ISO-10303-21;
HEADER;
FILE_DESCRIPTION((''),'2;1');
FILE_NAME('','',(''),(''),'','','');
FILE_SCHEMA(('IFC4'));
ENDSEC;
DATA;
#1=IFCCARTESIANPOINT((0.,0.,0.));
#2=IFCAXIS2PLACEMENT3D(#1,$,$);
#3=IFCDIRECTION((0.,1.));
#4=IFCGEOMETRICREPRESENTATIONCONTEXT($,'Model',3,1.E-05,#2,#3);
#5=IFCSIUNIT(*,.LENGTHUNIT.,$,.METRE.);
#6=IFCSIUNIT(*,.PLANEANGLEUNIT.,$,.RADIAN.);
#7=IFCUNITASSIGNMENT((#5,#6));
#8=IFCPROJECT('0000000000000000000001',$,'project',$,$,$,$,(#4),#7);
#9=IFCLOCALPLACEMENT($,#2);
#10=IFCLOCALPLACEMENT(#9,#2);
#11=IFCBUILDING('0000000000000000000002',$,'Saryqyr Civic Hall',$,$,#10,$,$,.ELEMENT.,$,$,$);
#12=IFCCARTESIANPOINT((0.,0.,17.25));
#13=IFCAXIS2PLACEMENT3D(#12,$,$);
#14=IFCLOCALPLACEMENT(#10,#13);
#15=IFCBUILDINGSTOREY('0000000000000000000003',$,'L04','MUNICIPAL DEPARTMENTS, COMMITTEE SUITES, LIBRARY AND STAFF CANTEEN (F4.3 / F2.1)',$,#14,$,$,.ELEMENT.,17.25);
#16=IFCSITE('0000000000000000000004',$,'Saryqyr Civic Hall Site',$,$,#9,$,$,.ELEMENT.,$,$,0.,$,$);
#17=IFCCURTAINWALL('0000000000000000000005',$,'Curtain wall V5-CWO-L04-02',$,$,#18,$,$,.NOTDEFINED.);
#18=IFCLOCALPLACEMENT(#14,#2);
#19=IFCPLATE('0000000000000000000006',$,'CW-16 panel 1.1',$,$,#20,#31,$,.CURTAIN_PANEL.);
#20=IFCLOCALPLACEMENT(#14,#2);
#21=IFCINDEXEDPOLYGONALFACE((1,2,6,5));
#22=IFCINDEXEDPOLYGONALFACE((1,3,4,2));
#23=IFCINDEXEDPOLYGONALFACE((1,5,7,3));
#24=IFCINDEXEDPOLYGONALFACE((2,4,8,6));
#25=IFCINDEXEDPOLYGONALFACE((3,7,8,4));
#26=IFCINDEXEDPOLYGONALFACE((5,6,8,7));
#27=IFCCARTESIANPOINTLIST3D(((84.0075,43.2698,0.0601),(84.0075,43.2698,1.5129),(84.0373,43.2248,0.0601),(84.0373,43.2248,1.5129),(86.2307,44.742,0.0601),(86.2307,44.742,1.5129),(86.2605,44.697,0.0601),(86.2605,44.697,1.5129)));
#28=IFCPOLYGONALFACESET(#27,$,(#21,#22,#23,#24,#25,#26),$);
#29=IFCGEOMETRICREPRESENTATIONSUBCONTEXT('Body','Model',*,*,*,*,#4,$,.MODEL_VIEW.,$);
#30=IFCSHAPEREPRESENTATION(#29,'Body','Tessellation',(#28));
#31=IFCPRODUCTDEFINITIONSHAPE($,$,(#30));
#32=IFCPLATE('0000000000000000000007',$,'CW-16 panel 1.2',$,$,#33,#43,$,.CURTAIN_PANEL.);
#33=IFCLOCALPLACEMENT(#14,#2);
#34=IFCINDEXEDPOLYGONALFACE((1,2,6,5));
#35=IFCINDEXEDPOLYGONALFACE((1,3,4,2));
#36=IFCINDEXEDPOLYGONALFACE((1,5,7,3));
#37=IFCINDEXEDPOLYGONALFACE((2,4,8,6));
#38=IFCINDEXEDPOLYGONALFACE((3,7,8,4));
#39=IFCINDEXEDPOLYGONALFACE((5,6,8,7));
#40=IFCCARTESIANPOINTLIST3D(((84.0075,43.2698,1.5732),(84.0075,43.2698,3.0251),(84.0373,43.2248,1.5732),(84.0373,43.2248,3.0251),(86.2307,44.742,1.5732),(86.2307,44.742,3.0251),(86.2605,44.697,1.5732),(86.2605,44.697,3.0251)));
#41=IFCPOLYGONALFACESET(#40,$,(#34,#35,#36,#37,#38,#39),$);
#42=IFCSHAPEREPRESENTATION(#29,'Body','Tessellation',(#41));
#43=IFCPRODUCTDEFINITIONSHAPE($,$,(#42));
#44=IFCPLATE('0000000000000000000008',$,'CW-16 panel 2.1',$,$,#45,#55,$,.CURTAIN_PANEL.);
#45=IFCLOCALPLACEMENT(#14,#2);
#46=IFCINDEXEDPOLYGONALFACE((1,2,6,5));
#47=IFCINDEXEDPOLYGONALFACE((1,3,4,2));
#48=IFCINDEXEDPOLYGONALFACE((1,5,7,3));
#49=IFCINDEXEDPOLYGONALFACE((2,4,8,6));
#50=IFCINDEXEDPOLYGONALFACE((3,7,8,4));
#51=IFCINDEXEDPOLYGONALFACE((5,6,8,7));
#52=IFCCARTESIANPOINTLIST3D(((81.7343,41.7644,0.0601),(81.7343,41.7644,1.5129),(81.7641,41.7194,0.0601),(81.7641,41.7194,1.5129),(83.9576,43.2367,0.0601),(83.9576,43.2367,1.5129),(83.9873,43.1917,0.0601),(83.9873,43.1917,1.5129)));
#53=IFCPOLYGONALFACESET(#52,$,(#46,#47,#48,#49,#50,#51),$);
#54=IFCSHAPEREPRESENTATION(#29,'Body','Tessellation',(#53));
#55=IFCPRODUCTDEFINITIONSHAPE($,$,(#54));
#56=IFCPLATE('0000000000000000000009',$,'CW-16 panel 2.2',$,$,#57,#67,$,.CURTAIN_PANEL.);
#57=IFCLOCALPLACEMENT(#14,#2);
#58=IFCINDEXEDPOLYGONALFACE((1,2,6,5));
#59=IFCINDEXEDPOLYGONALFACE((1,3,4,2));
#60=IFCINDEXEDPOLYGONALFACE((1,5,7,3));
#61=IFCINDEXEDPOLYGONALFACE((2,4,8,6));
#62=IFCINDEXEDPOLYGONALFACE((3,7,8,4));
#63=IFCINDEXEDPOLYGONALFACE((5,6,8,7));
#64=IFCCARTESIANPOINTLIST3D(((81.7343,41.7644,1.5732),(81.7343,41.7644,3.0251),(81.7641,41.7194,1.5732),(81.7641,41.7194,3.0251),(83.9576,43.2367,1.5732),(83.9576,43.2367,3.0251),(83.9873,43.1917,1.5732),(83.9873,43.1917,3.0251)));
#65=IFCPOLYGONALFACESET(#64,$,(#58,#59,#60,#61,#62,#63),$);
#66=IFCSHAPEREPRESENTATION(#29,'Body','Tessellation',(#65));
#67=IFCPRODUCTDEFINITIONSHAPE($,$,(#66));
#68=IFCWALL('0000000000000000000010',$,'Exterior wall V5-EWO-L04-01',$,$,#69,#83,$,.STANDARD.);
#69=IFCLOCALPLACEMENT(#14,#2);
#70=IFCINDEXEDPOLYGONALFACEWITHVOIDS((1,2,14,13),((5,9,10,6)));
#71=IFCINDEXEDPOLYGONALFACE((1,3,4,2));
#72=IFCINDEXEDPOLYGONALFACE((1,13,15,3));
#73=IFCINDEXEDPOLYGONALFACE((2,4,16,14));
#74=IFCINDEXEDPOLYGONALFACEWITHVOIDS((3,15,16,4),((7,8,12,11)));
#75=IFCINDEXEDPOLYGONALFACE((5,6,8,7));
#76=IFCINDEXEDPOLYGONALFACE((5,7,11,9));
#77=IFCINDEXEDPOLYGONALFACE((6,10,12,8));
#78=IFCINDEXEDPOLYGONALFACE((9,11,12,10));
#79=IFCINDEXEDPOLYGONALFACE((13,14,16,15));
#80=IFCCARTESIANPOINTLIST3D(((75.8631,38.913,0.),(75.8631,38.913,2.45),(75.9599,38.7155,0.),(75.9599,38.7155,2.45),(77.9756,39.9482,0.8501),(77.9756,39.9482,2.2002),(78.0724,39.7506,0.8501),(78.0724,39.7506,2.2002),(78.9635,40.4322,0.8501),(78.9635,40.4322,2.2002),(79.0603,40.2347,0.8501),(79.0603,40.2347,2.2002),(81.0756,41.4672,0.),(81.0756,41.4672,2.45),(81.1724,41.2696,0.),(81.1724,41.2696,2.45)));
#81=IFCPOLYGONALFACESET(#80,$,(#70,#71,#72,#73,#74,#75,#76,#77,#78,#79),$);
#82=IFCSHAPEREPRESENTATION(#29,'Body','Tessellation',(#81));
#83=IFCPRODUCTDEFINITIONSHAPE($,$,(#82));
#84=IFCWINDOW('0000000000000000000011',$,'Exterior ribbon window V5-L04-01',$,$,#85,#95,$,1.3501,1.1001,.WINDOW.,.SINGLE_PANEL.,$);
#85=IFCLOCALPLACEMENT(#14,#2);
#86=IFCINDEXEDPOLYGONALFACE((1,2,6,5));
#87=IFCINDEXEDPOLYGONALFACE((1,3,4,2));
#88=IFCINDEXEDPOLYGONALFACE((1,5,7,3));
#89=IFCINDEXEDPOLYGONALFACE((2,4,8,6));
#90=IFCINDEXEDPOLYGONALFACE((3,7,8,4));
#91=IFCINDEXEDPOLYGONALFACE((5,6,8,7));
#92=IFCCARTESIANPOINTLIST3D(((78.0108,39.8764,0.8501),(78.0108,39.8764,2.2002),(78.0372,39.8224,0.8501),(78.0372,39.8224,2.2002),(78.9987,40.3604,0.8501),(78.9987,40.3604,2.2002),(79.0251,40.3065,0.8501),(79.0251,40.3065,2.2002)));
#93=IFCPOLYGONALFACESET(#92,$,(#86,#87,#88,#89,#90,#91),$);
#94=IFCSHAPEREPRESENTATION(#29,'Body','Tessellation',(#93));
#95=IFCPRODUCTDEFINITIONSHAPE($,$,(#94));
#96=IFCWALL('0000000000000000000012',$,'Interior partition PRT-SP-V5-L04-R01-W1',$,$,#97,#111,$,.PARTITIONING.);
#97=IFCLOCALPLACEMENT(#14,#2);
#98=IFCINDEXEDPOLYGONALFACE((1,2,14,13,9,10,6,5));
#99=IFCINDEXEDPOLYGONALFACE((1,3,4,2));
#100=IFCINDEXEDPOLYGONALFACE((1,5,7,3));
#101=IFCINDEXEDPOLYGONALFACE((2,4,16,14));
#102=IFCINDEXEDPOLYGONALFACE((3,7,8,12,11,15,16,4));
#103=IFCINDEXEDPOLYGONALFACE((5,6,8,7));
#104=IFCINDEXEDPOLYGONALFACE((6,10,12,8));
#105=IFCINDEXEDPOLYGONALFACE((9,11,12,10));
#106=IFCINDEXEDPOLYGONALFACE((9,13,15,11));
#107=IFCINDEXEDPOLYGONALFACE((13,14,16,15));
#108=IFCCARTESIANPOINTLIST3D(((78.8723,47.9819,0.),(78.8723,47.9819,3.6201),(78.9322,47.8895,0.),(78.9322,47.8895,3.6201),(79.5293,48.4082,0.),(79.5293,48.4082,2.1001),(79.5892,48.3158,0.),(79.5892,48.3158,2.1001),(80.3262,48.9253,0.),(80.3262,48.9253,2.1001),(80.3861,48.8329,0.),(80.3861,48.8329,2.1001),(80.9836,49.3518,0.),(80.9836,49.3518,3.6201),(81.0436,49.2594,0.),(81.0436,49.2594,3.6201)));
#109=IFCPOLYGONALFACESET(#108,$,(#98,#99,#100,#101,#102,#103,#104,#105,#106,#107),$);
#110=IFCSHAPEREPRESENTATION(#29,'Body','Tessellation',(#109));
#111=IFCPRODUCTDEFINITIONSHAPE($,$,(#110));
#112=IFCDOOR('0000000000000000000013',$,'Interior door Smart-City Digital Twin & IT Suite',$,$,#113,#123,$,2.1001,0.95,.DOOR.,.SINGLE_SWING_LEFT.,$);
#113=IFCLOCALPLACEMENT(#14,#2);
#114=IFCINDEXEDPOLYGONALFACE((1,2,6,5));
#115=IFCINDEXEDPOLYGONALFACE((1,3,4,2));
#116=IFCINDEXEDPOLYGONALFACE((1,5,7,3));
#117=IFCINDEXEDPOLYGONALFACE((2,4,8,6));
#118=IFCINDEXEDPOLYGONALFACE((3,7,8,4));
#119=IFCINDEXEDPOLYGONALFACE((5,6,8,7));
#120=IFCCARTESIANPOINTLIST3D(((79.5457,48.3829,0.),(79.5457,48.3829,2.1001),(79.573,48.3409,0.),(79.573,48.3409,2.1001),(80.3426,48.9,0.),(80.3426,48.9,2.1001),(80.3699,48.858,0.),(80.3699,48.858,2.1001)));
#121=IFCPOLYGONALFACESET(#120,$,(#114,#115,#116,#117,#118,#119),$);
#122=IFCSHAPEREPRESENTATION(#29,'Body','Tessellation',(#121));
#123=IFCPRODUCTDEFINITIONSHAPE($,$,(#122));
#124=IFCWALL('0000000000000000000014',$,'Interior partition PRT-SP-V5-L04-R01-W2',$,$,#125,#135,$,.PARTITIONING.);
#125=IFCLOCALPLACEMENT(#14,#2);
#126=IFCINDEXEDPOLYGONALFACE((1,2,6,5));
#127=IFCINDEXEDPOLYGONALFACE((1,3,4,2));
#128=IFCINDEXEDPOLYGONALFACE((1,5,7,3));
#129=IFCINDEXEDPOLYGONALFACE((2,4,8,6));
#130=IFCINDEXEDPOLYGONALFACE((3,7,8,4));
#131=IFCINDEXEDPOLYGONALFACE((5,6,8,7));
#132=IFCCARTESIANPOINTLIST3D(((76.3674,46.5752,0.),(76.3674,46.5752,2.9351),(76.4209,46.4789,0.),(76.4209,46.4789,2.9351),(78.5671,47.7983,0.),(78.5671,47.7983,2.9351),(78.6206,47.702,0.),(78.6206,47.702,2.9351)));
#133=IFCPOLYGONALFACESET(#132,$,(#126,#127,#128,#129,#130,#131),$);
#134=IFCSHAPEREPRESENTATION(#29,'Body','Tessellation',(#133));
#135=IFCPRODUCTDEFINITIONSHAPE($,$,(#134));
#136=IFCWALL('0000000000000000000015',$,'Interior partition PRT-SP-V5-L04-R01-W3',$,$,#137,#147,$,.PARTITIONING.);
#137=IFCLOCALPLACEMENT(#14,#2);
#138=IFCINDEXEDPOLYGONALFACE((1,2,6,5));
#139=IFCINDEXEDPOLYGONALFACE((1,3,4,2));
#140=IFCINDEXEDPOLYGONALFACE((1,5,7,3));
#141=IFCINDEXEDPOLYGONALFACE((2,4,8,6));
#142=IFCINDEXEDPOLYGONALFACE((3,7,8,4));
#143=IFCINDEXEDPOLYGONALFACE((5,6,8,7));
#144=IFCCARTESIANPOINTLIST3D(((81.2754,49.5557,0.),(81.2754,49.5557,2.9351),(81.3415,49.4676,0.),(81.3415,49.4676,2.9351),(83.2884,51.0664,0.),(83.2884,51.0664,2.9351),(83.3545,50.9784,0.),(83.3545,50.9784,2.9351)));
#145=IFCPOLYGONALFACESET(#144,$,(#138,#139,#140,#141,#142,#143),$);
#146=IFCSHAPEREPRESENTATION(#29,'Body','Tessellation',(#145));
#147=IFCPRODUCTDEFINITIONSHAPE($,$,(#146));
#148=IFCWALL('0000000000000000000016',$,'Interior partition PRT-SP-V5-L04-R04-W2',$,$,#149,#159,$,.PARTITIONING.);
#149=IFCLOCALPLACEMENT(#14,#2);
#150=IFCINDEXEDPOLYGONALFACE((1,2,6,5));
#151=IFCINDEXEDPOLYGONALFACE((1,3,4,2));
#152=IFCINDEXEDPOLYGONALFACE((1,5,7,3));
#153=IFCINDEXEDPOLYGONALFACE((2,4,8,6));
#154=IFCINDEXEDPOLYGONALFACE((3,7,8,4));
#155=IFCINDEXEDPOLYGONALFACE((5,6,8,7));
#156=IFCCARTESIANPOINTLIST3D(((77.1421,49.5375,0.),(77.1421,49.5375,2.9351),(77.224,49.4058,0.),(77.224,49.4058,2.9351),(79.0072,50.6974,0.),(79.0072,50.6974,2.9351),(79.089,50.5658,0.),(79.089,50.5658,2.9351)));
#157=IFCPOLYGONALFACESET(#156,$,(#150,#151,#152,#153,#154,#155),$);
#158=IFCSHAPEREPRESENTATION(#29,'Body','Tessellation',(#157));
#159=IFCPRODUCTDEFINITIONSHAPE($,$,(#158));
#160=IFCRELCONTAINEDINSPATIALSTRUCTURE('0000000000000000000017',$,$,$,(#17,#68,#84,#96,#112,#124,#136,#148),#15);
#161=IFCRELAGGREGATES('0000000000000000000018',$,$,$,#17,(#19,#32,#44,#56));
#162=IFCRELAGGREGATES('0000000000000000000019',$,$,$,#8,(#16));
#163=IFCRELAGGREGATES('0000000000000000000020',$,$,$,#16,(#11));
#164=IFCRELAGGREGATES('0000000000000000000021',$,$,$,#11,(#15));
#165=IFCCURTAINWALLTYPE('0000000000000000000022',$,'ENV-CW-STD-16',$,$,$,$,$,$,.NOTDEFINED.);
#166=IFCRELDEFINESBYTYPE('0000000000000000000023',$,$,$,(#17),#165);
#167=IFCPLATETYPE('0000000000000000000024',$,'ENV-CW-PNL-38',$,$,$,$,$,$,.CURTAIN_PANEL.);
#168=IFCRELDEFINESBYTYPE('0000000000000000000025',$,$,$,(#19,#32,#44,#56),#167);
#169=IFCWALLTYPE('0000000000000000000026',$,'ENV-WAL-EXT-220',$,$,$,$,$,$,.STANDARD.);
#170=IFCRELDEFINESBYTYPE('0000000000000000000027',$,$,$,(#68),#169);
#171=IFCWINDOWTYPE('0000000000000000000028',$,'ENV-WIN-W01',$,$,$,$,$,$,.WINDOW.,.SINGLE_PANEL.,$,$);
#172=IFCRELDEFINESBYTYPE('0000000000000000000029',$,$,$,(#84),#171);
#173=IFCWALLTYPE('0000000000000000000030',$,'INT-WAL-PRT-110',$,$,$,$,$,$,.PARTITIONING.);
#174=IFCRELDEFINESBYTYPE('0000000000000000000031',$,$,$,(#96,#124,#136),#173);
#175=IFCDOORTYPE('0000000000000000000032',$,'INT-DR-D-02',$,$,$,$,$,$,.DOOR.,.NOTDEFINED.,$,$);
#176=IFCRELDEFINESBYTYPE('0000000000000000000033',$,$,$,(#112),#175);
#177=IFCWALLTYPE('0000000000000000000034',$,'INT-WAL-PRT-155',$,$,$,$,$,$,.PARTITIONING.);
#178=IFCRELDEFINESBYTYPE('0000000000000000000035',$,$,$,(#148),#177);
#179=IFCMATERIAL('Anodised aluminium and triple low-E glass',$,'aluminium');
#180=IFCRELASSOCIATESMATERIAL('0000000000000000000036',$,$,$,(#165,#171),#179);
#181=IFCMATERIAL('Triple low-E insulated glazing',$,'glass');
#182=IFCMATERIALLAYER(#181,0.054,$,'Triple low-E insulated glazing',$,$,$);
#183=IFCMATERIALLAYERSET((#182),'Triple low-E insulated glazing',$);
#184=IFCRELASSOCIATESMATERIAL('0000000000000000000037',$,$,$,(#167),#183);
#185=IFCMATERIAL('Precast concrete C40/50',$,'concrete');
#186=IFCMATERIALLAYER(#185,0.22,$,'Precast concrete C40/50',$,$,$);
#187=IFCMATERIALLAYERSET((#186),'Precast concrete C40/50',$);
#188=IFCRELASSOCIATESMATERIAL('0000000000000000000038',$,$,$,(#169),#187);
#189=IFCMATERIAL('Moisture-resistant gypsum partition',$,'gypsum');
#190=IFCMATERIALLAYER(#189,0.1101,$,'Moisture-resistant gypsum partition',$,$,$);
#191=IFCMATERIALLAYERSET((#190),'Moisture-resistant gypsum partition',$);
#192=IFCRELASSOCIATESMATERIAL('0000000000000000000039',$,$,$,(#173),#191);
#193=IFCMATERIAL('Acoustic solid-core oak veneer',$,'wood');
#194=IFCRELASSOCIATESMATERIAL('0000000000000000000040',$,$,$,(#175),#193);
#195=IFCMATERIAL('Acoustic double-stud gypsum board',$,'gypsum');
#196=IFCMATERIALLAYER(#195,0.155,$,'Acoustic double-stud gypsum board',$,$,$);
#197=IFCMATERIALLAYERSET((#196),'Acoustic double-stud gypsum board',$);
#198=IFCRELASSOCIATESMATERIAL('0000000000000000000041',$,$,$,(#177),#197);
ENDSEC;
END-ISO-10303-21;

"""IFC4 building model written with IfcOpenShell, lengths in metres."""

from ifc_helpers import new_model, si_unit, direction, frame, frame_2d, origin, origin_2d, place, context, subcontext, project, spatial, rectangle, extrude, material, layer, layer_set, type_object, element, fill, aggregate, save


model = new_model("IFC4")

# Units and contexts
model_context = context("Model", 3, precision=1e-05, world=origin(), true_north=direction((0.0, 1.0)))
body_context = subcontext(model_context, "Body", "Model", "MODEL_VIEW")
ifc_project = project(units=[si_unit("LENGTHUNIT", "METRE"), si_unit("PLANEANGLEUNIT", "RADIAN")], contexts=[model_context])

# Site, building, storey
site_placement = place(None, origin())
site = spatial("IfcSite", under=ifc_project, at=site_placement, Name="Saryqyr Civic Hall Site", CompositionType="ELEMENT", RefElevation=0.0)
building_placement = place(site_placement, origin())
building = spatial("IfcBuilding", under=site, at=building_placement, Name="Saryqyr Civic Hall", CompositionType="ELEMENT")
storey_placement = place(building_placement, frame((0.0, 0.0, 17.25)))
storey = spatial("IfcBuildingStorey", under=building, at=storey_placement, Name="L04", Description="MUNICIPAL DEPARTMENTS, COMMITTEE SUITES, LIBRARY AND STAFF CANTEEN (F4.3 / F2.1)", CompositionType="ELEMENT", Elevation=17.25)

# Curtain wall
ifc_material_1 = material(Name="Anodised aluminium and triple low-E glass", Category="aluminium")
curtain_wall_type = type_object("IfcCurtainWallType", Name="ENV-CW-STD-16", PredefinedType="NOTDEFINED", material=ifc_material_1)
curtain_wall_placement = place(storey_placement, origin())
curtain_wall = element("IfcCurtainWall", 1, at=curtain_wall_placement, inside=storey, type_object=curtain_wall_type, Name="Curtain wall V5-CWO-L04-02", PredefinedType="NOTDEFINED")

# Shared definitions
ifc_material_2 = material(Name="Precast concrete C40/50", Category="concrete")

# Plates
ifc_material_3 = material(Name="Triple low-E insulated glazing", Category="glass")
ifc_layer_1 = layer(ifc_material_3, 0.054, Name="Triple low-E insulated glazing")
ifc_layer_set_1 = layer_set([ifc_layer_1], Name="Triple low-E insulated glazing")
plate_type = type_object("IfcPlateType", Name="ENV-CW-PNL-38", PredefinedType="CURTAIN_PANEL", material=ifc_layer_set_1)
plate_1_placement = place(storey_placement, frame((85.134, 43.9834, 0.0601), z_axis=(0.0, 0.0, 1.0), x_axis=(-0.833757, -0.552132, 0.0)))
plate_1 = element("IfcPlate", 2, at=plate_1_placement, type_object=plate_type, Name="CW-16 panel 1.1", PredefinedType="CURTAIN_PANEL", context=body_context, shape_type="SweptSolid", body=[
    extrude(rectangle(XDim=2.6665, YDim=0.054, at=origin_2d()), origin(), (0.0, 0.0, 1.0), 1.4529),
])
plate_2_placement = place(storey_placement, frame((85.134, 43.9834, 1.5732), z_axis=(0.0, 0.0, 1.0), x_axis=(-0.833757, -0.552132, 0.0)))
plate_2 = element("IfcPlate", 3, at=plate_2_placement, type_object=plate_type, Name="CW-16 panel 1.2", PredefinedType="CURTAIN_PANEL", context=body_context, shape_type="SweptSolid", body=[
    extrude(rectangle(XDim=2.6665, YDim=0.054, at=origin_2d()), origin(), (0.0, 0.0, 1.0), 1.4519),
])
plate_3_placement = place(storey_placement, frame((82.8608, 42.478, 0.0601), z_axis=(0.0, 0.0, 1.0), x_axis=(-0.833757, -0.552132, 0.0)))
plate_3 = element("IfcPlate", 4, at=plate_3_placement, type_object=plate_type, Name="CW-16 panel 2.1", PredefinedType="CURTAIN_PANEL", context=body_context, shape_type="SweptSolid", body=[
    extrude(rectangle(XDim=2.6665, YDim=0.054, at=origin_2d()), origin(), (0.0, 0.0, 1.0), 1.4529),
])
plate_4_placement = place(storey_placement, frame((82.8608, 42.478, 1.5732), z_axis=(0.0, 0.0, 1.0), x_axis=(-0.833757, -0.552132, 0.0)))
plate_4 = element("IfcPlate", 5, at=plate_4_placement, type_object=plate_type, Name="CW-16 panel 2.2", PredefinedType="CURTAIN_PANEL", context=body_context, shape_type="SweptSolid", body=[
    extrude(rectangle(XDim=2.6665, YDim=0.054, at=origin_2d()), origin(), (0.0, 0.0, 1.0), 1.4519),
])
aggregate(curtain_wall, [plate_1, plate_2, plate_3, plate_4])

# Wall, opening, window
ifc_layer_2 = layer(ifc_material_2, 0.22, Name="Precast concrete C40/50")
ifc_layer_set_2 = layer_set([ifc_layer_2], Name="Precast concrete C40/50")
wall_type_1 = type_object("IfcWallType", Name="ENV-WAL-EXT-220", PredefinedType="STANDARD", material=ifc_layer_set_2)
wall_1_placement = place(storey_placement, frame((81.124, 41.3684, 0.0), z_axis=(0.0, 0.0, 1.0), x_axis=(-0.89799, -0.440016, 0.0)))
wall_1 = element("IfcWall", 6, at=wall_1_placement, inside=storey, type_object=wall_type_1, Name="Exterior wall V5-EWO-L04-01", PredefinedType="STANDARD", context=body_context, shape_type="SweptSolid", body=[
    extrude(rectangle(XDim=5.8047, YDim=0.22, at=frame_2d((2.9023, 0.0))), origin(), (0.0, 0.0, 1.0), 2.45),
])
opening_1_placement = place(wall_1_placement, frame((2.3521, 0.0, 0.8501)))
opening_1 = element("IfcOpeningElement", 7, at=opening_1_placement, cuts=wall_1, PredefinedType="OPENING", context=body_context, shape_type="SweptSolid", body=[
    extrude(rectangle(XDim=1.1001, YDim=1.3501, at=frame_2d((0.55, 0.675))), frame((0.0, 0.1199, 0.0), z_axis=(0.0, -1.0, 0.0), x_axis=(1.0, 0.0, 0.0)), (0.0, 0.0, 1.0), 0.24),
])
window_type = type_object("IfcWindowType", Name="ENV-WIN-W01", PartitioningType="SINGLE_PANEL", PredefinedType="WINDOW", material=ifc_material_1)
window_placement = place(opening_1_placement, origin())
window = element("IfcWindow", 8, at=window_placement, inside=storey, type_object=window_type, Name="Exterior ribbon window V5-L04-01", OverallHeight=1.3501, OverallWidth=1.1001, PartitioningType="SINGLE_PANEL", PredefinedType="WINDOW", context=body_context, shape_type="SweptSolid", body=[
    extrude(rectangle(XDim=1.1001, YDim=1.3501, at=frame_2d((0.55, 0.675))), frame((0.0, 0.03, 0.0), z_axis=(0.0, -1.0, 0.0), x_axis=(1.0, 0.0, 0.0)), (0.0, 0.0, 1.0), 0.0601),
])
fill(opening_1, window)

# Wall, opening, door
ifc_material_4 = material(Name="Moisture-resistant gypsum partition", Category="gypsum")
ifc_layer_3 = layer(ifc_material_4, 0.1101, Name="Moisture-resistant gypsum partition")
ifc_layer_set_3 = layer_set([ifc_layer_3], Name="Moisture-resistant gypsum partition")
wall_type_2 = type_object("IfcWallType", Name="INT-WAL-PRT-110", PredefinedType="PARTITIONING", material=ifc_layer_set_3)
wall_2_placement = place(storey_placement, frame((78.9023, 47.9358, 0.0), z_axis=(0.0, 0.0, 1.0), x_axis=(0.838895, 0.544293, 0.0)))
wall_2 = element("IfcWall", 9, at=wall_2_placement, inside=storey, type_object=wall_type_2, Name="Interior partition PRT-SP-V5-L04-R01-W1", PredefinedType="PARTITIONING", context=body_context, shape_type="SweptSolid", body=[
    extrude(rectangle(XDim=2.5168, YDim=0.1101, at=frame_2d((1.2583, 0.0))), origin(), (0.0, 0.0, 1.0), 3.6201),
])
opening_2_placement = place(wall_2_placement, frame((0.783, 0.0, 0.0)))
opening_2 = element("IfcOpeningElement", 10, at=opening_2_placement, cuts=wall_2, PredefinedType="OPENING", context=body_context, shape_type="SweptSolid", body=[
    extrude(rectangle(XDim=0.95, YDim=2.1001, at=frame_2d((0.4751, 1.05))), frame((0.0, 0.0649, 0.0), z_axis=(0.0, -1.0, 0.0), x_axis=(1.0, 0.0, 0.0)), (0.0, 0.0, 1.0), 0.1301),
])
ifc_material_5 = material(Name="Acoustic solid-core oak veneer", Category="wood")
door_type = type_object("IfcDoorType", Name="INT-DR-D-02", OperationType="NOTDEFINED", PredefinedType="DOOR", material=ifc_material_5)
door_placement = place(opening_2_placement, origin())
door = element("IfcDoor", 11, at=door_placement, inside=storey, type_object=door_type, Name="Interior door Smart-City Digital Twin & IT Suite", OperationType="SINGLE_SWING_LEFT", OverallHeight=2.1001, OverallWidth=0.95, PredefinedType="DOOR", context=body_context, shape_type="SweptSolid", body=[
    extrude(rectangle(XDim=0.95, YDim=2.1001, at=frame_2d((0.4751, 1.05))), frame((0.0, 0.0249, 0.0), z_axis=(0.0, -1.0, 0.0), x_axis=(1.0, 0.0, 0.0)), (0.0, 0.0, 1.0), 0.05),
])
fill(opening_2, door)

# Walls
for number, where, z_axis, x_axis, name in (
    (12, (76.3943, 46.5271, 0.0), (0.0, 0.0, 1.0), (0.873974, 0.485972, 0.0), "Interior partition PRT-SP-V5-L04-R01-W2"),
    (13, (81.3086, 49.5117, 0.0), (0.0, 0.0, 1.0), (0.799802, 0.600264, 0.0), "Interior partition PRT-SP-V5-L04-R01-W3"),
):
    element("IfcWall", number, at=place(storey_placement, frame(where, z_axis=z_axis, x_axis=x_axis)), inside=storey, type_object=wall_type_2, Name=name, PredefinedType="PARTITIONING", context=body_context, shape_type="SweptSolid", body=[
        extrude(rectangle(XDim=2.5168, YDim=0.1101, at=frame_2d((1.2583, 0.0))), origin(), (0.0, 0.0, 1.0), 2.9351),
    ])
ifc_material_6 = material(Name="Acoustic double-stud gypsum board", Category="gypsum")
ifc_layer_4 = layer(ifc_material_6, 0.155, Name="Acoustic double-stud gypsum board")
ifc_layer_set_4 = layer_set([ifc_layer_4], Name="Acoustic double-stud gypsum board")
wall_type_3 = type_object("IfcWallType", Name="INT-WAL-PRT-155", PredefinedType="PARTITIONING", material=ifc_layer_set_4)
wall_3_placement = place(storey_placement, frame((79.0481, 50.6316, 0.0), z_axis=(0.0, 0.0, 1.0), x_axis=(-0.849164, -0.528129, 0.0)))
element("IfcWall", 14, at=wall_3_placement, inside=storey, type_object=wall_type_3, Name="Interior partition PRT-SP-V5-L04-R04-W2", PredefinedType="PARTITIONING", context=body_context, shape_type="SweptSolid", body=[
    extrude(rectangle(XDim=2.1963, YDim=0.155, at=frame_2d((1.0981, 0.0))), origin(), (0.0, 0.0, 1.0), 2.9351),
])

save(model, "model.ifc")
